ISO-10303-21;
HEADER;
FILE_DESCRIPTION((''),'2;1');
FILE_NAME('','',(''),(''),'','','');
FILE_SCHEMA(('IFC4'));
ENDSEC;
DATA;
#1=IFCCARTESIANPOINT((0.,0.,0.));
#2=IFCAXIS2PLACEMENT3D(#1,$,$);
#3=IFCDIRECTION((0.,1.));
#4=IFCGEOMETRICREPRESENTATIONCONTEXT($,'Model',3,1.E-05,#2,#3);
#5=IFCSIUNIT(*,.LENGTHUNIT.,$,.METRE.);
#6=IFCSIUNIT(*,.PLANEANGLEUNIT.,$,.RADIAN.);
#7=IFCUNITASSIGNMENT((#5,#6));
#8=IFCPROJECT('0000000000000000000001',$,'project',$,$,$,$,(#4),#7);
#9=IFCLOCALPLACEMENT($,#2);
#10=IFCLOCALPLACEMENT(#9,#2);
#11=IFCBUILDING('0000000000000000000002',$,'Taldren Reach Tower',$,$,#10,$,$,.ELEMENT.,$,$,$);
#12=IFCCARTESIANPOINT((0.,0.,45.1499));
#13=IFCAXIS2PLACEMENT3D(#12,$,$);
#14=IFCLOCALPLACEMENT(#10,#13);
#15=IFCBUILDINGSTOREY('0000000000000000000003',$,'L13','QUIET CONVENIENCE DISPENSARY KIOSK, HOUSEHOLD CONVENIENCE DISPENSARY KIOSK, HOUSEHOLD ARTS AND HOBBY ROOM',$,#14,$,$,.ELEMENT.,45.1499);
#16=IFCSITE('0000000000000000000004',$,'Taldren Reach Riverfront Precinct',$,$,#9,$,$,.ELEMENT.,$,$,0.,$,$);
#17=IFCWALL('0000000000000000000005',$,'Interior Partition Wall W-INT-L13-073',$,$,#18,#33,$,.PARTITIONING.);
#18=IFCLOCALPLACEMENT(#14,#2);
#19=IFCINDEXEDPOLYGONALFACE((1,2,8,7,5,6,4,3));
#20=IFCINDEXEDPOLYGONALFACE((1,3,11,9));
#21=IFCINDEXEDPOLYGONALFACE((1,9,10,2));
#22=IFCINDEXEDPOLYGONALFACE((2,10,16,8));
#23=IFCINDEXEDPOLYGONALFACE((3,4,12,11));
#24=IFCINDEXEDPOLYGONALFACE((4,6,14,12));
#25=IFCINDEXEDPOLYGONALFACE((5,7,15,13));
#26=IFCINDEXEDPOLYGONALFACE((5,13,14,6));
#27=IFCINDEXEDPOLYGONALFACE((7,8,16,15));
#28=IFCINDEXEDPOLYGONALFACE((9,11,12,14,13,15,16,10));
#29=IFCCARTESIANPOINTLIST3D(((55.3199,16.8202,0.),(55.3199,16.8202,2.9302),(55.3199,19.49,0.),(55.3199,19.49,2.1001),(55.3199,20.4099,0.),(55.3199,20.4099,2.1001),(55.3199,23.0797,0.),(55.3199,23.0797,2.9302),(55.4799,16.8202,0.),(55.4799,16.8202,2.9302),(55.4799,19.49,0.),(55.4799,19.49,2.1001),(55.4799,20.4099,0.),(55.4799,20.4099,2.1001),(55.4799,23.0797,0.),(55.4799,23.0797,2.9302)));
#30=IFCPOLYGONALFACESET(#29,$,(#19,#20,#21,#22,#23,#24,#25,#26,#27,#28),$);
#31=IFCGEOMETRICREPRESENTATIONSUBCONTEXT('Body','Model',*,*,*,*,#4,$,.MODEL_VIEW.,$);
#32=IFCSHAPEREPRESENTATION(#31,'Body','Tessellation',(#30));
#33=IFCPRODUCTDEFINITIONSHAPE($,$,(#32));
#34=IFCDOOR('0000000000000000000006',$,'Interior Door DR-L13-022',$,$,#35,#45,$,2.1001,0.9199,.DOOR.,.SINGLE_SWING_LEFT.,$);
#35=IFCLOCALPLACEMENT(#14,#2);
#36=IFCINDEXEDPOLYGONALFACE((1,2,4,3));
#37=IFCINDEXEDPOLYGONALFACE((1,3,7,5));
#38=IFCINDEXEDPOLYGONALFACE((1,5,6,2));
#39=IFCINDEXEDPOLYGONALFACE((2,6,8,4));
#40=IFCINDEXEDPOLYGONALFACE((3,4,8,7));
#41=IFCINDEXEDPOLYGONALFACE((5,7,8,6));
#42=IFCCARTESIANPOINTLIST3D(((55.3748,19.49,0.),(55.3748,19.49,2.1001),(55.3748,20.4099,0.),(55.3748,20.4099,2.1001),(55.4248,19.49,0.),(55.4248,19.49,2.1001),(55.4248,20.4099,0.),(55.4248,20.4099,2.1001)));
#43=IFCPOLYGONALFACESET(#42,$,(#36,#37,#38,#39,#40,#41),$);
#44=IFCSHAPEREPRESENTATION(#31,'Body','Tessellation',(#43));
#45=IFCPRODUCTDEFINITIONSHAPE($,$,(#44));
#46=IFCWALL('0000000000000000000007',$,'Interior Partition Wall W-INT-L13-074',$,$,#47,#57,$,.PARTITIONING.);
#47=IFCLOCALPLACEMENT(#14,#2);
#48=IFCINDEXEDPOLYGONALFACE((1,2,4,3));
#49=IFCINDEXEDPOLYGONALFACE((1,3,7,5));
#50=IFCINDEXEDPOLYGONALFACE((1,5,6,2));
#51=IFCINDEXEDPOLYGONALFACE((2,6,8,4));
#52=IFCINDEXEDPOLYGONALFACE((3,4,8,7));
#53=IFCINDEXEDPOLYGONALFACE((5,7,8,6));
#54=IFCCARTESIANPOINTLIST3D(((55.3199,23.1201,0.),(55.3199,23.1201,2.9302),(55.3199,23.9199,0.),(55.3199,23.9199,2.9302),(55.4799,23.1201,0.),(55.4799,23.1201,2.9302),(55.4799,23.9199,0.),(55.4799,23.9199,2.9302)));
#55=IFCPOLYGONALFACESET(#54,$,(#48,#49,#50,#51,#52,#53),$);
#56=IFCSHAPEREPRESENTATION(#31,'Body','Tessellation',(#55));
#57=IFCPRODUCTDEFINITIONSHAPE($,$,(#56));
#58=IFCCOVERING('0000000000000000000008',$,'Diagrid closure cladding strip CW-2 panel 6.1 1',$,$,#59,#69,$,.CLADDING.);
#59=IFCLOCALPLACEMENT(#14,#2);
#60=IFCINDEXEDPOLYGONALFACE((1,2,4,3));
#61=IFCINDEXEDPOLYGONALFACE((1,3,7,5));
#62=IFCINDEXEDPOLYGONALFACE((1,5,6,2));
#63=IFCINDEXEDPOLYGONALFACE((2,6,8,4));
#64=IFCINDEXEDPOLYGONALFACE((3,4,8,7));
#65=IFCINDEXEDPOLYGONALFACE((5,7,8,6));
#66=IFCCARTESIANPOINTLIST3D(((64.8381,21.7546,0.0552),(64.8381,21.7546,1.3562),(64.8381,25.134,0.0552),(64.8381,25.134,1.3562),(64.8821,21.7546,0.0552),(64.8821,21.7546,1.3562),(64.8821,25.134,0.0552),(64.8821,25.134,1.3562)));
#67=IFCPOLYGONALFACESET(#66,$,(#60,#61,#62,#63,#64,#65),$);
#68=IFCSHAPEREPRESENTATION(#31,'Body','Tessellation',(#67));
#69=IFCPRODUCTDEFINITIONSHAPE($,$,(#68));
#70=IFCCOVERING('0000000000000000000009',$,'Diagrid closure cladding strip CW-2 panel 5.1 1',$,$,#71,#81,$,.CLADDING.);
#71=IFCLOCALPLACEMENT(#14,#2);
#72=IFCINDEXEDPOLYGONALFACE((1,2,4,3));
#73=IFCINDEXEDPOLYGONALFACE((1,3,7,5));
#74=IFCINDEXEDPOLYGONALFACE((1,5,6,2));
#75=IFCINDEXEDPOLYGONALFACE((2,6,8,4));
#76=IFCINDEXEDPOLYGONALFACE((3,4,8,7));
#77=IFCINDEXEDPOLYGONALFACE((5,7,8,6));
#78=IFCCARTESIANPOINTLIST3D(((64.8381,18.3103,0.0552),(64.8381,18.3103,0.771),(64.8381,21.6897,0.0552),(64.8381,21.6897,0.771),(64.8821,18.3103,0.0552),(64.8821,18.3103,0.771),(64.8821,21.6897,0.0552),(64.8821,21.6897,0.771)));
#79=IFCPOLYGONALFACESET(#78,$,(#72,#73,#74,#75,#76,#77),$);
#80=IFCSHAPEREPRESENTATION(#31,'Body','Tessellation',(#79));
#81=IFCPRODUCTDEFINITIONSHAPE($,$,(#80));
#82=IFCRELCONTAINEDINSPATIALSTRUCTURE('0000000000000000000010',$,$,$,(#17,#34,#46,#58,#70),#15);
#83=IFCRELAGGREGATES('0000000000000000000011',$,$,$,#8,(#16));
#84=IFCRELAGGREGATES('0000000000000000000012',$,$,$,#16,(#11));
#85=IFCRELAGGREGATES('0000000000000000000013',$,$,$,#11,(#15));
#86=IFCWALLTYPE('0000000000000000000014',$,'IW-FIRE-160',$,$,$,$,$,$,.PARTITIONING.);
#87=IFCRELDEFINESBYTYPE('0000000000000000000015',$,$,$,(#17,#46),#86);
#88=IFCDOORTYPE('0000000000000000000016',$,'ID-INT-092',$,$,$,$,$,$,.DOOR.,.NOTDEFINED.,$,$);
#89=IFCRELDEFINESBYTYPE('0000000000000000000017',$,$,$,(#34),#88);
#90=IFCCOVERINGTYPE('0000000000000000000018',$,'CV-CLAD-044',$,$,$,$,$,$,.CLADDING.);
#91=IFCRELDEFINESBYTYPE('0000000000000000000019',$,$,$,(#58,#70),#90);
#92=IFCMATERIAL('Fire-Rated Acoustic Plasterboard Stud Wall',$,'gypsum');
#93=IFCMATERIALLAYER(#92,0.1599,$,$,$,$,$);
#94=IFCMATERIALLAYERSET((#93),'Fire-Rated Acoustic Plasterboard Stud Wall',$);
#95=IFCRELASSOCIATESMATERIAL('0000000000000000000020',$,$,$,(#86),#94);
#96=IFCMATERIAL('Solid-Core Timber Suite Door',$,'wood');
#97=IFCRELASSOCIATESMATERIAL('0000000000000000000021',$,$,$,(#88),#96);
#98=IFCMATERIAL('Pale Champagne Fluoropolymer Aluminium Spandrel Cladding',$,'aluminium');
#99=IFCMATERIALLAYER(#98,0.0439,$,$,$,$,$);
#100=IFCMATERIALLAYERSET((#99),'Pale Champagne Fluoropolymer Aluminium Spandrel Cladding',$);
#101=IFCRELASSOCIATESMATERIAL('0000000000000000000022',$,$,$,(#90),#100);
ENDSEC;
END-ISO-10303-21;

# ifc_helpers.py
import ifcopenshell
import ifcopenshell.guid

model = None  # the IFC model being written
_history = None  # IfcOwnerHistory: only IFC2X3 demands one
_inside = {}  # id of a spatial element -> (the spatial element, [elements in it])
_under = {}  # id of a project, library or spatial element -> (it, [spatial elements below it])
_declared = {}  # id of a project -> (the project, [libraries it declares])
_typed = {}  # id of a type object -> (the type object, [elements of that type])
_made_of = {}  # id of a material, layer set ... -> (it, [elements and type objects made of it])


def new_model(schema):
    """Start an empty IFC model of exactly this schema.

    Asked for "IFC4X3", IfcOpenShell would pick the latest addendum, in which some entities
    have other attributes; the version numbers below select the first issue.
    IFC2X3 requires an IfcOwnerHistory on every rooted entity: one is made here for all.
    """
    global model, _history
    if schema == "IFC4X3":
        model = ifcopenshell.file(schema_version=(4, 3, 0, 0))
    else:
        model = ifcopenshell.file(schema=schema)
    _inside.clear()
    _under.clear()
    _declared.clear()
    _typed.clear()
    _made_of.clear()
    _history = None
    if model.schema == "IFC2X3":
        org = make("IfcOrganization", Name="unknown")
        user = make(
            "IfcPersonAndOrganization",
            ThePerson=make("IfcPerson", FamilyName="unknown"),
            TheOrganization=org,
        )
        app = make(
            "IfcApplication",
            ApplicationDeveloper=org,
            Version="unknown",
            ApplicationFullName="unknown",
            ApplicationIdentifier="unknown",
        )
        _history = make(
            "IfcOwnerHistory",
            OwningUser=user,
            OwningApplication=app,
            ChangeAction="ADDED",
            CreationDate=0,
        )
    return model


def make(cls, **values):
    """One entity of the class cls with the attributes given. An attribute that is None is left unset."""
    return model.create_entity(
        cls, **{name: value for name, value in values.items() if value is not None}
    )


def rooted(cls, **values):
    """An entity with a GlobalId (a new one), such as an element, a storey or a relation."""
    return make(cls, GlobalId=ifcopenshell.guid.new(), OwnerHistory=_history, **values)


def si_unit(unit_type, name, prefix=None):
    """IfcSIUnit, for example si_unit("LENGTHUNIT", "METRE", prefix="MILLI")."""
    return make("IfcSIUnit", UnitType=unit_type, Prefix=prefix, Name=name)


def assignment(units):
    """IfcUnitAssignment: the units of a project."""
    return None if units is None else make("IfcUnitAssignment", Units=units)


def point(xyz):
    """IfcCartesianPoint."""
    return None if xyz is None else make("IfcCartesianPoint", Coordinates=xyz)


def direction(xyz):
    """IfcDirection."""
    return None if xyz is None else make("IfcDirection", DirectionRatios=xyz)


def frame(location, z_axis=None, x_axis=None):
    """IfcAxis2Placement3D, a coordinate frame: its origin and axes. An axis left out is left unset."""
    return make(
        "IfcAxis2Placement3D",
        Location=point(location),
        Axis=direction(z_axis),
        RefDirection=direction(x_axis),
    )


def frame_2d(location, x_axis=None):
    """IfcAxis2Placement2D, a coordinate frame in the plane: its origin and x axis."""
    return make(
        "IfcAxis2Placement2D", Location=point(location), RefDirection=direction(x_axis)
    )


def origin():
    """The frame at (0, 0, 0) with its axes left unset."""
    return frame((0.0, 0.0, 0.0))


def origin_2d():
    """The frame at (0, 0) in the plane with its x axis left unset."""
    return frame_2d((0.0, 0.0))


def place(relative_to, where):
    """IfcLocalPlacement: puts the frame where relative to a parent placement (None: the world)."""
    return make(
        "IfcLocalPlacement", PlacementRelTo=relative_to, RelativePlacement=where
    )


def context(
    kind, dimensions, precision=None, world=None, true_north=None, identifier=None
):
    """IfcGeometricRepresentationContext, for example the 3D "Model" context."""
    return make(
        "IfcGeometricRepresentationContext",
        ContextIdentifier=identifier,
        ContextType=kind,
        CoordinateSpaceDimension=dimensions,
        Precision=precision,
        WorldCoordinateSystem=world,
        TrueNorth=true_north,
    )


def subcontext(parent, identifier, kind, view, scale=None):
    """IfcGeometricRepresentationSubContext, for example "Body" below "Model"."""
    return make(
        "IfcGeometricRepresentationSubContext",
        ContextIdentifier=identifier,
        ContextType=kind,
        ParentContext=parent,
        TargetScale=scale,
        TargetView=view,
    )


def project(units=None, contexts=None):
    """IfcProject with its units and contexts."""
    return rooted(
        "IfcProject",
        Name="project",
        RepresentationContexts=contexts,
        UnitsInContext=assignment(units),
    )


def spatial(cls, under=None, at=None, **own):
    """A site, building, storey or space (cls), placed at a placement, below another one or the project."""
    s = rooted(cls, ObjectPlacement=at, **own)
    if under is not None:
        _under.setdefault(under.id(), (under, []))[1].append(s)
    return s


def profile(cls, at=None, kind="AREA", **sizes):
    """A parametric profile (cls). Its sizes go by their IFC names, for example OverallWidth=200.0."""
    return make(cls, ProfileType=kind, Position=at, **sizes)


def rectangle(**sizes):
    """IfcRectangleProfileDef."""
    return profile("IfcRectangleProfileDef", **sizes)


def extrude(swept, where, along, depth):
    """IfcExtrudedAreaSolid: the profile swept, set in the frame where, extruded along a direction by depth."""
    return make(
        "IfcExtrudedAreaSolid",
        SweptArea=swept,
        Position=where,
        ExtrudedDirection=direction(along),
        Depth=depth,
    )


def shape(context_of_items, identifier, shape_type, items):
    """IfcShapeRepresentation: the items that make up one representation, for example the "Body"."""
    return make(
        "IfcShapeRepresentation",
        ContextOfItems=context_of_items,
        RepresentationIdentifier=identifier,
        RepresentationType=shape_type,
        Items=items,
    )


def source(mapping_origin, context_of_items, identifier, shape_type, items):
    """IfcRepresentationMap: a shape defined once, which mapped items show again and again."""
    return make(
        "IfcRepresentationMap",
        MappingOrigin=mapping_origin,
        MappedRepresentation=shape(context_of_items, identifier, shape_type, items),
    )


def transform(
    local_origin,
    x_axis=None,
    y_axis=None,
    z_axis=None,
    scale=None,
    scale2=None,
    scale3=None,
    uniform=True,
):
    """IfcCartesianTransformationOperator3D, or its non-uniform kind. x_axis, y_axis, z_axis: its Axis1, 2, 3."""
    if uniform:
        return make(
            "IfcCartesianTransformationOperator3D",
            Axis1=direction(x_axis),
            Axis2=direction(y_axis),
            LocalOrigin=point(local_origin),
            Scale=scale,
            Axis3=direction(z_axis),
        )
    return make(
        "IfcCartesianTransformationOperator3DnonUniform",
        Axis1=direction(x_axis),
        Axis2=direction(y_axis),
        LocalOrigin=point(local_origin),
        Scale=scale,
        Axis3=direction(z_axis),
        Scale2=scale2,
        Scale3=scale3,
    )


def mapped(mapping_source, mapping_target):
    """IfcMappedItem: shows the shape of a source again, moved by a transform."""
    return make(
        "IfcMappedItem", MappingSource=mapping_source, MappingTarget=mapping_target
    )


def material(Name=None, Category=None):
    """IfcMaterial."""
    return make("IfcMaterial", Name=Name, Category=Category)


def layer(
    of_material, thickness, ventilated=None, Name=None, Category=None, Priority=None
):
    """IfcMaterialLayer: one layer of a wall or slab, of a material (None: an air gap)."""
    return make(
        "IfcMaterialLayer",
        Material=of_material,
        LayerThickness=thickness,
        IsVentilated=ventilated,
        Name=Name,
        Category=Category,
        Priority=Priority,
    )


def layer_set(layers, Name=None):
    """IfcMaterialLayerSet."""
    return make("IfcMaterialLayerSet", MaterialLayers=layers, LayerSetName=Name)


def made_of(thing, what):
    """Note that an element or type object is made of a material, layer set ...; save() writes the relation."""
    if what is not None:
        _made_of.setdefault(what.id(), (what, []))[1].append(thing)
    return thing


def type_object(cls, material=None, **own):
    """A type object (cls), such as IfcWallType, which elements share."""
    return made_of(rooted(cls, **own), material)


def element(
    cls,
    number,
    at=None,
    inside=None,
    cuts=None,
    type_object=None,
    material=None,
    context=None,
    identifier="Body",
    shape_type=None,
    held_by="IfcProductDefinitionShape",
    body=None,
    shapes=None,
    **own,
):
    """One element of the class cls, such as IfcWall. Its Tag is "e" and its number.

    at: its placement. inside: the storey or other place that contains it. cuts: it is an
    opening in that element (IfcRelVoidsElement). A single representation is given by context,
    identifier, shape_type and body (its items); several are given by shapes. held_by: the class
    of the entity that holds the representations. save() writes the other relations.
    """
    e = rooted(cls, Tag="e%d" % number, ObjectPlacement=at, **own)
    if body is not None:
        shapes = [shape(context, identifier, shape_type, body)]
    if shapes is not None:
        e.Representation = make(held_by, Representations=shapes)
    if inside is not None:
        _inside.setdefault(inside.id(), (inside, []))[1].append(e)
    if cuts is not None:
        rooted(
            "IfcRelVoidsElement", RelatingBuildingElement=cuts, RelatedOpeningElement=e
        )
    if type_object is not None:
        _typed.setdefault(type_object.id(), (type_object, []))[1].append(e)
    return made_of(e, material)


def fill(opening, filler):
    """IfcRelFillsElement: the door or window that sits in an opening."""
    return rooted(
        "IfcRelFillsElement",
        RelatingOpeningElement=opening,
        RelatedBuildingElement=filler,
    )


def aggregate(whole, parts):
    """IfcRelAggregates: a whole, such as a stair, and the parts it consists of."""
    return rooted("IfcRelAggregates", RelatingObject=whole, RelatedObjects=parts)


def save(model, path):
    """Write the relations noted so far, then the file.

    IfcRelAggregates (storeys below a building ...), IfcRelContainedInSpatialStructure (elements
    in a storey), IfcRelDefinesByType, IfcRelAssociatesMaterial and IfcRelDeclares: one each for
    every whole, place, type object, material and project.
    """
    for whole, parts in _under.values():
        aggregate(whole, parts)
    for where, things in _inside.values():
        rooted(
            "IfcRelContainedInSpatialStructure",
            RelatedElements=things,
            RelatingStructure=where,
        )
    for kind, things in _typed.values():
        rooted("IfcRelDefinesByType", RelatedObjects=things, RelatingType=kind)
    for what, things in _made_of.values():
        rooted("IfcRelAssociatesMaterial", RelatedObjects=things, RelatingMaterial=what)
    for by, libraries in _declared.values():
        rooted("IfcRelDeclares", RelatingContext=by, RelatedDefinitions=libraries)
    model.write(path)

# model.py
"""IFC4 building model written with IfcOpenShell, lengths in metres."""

from ifc_helpers import new_model, si_unit, direction, frame, frame_2d, origin, origin_2d, place, context, subcontext, project, spatial, rectangle, extrude, source, transform, mapped, material, layer, layer_set, type_object, element, fill, save


model = new_model("IFC4")

# Units and contexts
model_context = context("Model", 3, precision=1e-05, world=origin(), true_north=direction((0.0, 1.0)))
body_context = subcontext(model_context, "Body", "Model", "MODEL_VIEW")
ifc_project = project(units=[si_unit("LENGTHUNIT", "METRE"), si_unit("PLANEANGLEUNIT", "RADIAN")], contexts=[model_context])

# Site, building, storey
site_placement = place(None, origin())
site = spatial("IfcSite", under=ifc_project, at=site_placement, Name="Taldren Reach Riverfront Precinct", CompositionType="ELEMENT", RefElevation=0.0)
building_placement = place(site_placement, origin())
building = spatial("IfcBuilding", under=site, at=building_placement, Name="Taldren Reach Tower", CompositionType="ELEMENT")
storey_placement = place(building_placement, frame((0.0, 0.0, 45.1499)))
storey = spatial("IfcBuildingStorey", under=building, at=storey_placement, Name="L13", Description="QUIET CONVENIENCE DISPENSARY KIOSK, HOUSEHOLD CONVENIENCE DISPENSARY KIOSK, HOUSEHOLD ARTS AND HOBBY ROOM", CompositionType="ELEMENT", Elevation=45.1499)

# Wall, opening, door
ifc_material_1 = material(Name="Fire-Rated Acoustic Plasterboard Stud Wall", Category="gypsum")
ifc_layer_1 = layer(ifc_material_1, 0.1599)
ifc_layer_set_1 = layer_set([ifc_layer_1], Name="Fire-Rated Acoustic Plasterboard Stud Wall")
wall_type_1 = type_object("IfcWallType", Name="IW-FIRE-160", PredefinedType="PARTITIONING", material=ifc_layer_set_1)
shared_shape_1 = source(origin(), body_context, "Body", "SweptSolid", [
    extrude(rectangle(XDim=6.2595, YDim=0.1599, at=frame_2d((3.1299, 0.0))), origin(), (0.0, 0.0, 1.0), 2.9302),
])
wall_1_placement = place(storey_placement, frame((55.3999, 23.0798, 0.0), z_axis=(0.0, 0.0, 1.0), x_axis=(0.0, -1.0, 0.0)))
wall_1 = element("IfcWall", 1, at=wall_1_placement, inside=storey, type_object=wall_type_1, Name="Interior Partition Wall W-INT-L13-073", PredefinedType="PARTITIONING", context=body_context, shape_type="MappedRepresentation", body=[
    mapped(shared_shape_1, transform((0.0, 0.0, 0.0), scale=1.0)),
])
shared_shape_2 = source(origin(), body_context, "Body", "SweptSolid", [
    extrude(rectangle(XDim=0.9199, YDim=2.1001, at=frame_2d((0.46, 1.05))), frame((0.0, 0.0898, 0.0), z_axis=(0.0, -1.0, 0.0), x_axis=(1.0, 0.0, 0.0)), (0.0, 0.0, 1.0), 0.1799),
])
opening_1_placement = place(wall_1_placement, frame((2.6699, 0.0, 0.0)))
opening_1 = element("IfcOpeningElement", 2, at=opening_1_placement, cuts=wall_1, PredefinedType="OPENING", context=body_context, shape_type="MappedRepresentation", body=[
    mapped(shared_shape_2, transform((0.0, 0.0, 0.0), scale=1.0)),
])
ifc_material_2 = material(Name="Solid-Core Timber Suite Door", Category="wood")
door_type_1 = type_object("IfcDoorType", Name="ID-INT-092", OperationType="NOTDEFINED", PredefinedType="DOOR", material=ifc_material_2)
shared_shape_3 = source(origin(), body_context, "Body", "SweptSolid", [
    extrude(rectangle(XDim=0.9199, YDim=2.1001, at=frame_2d((0.46, 1.05))), frame((0.0, 0.0249, 0.0), z_axis=(0.0, -1.0, 0.0), x_axis=(1.0, 0.0, 0.0)), (0.0, 0.0, 1.0), 0.05),
])
door_1_placement = place(opening_1_placement, origin())
door_1 = element("IfcDoor", 3, at=door_1_placement, inside=storey, type_object=door_type_1, Name="Interior Door DR-L13-022", OperationType="SINGLE_SWING_LEFT", OverallHeight=2.1001, OverallWidth=0.9199, PredefinedType="DOOR", context=body_context, shape_type="MappedRepresentation", body=[
    mapped(shared_shape_3, transform((0.0, 0.0, 0.0), scale=1.0)),
])
fill(opening_1, door_1)

# Wall
shared_shape_4 = source(origin(), body_context, "Body", "SweptSolid", [
    extrude(rectangle(XDim=0.7998, YDim=0.1599, at=frame_2d((0.3999, 0.0))), origin(), (0.0, 0.0, 1.0), 2.9302),
])
wall_2_placement = place(storey_placement, frame((55.3999, 23.9199, 0.0), z_axis=(0.0, 0.0, 1.0), x_axis=(0.0, -1.0, 0.0)))
element("IfcWall", 4, at=wall_2_placement, inside=storey, type_object=wall_type_1, Name="Interior Partition Wall W-INT-L13-074", PredefinedType="PARTITIONING", context=body_context, shape_type="MappedRepresentation", body=[
    mapped(shared_shape_4, transform((0.0, 0.0, 0.0), scale=1.0)),
])

# Coverings
ifc_material_3 = material(Name="Pale Champagne Fluoropolymer Aluminium Spandrel Cladding", Category="aluminium")
ifc_layer_2 = layer(ifc_material_3, 0.0439)
ifc_layer_set_2 = layer_set([ifc_layer_2], Name="Pale Champagne Fluoropolymer Aluminium Spandrel Cladding")
covering_type = type_object("IfcCoveringType", Name="CV-CLAD-044", PredefinedType="CLADDING", material=ifc_layer_set_2)
shared_shape_5 = source(origin(), body_context, "Body", "SweptSolid", [
    extrude(rectangle(XDim=3.3794, YDim=0.0439, at=origin_2d()), origin(), (0.0, 0.0, 1.0), 1.301),
])
covering_1_placement = place(storey_placement, frame((64.8601, 23.4443, 0.0552), z_axis=(0.0, 0.0, 1.0), x_axis=(0.0, 1.0, 0.0)))
element("IfcCovering", 5, at=covering_1_placement, inside=storey, type_object=covering_type, Name="Diagrid closure cladding strip CW-2 panel 6.1 1", PredefinedType="CLADDING", context=body_context, shape_type="MappedRepresentation", body=[
    mapped(shared_shape_5, transform((0.0, 0.0, 0.0), scale=1.0)),
])
shared_shape_6 = source(origin(), body_context, "Body", "SweptSolid", [
    extrude(rectangle(XDim=3.3794, YDim=0.0439, at=origin_2d()), origin(), (0.0, 0.0, 1.0), 0.7158),
])
covering_2_placement = place(storey_placement, frame((64.8601, 20.0, 0.0552), z_axis=(0.0, 0.0, 1.0), x_axis=(0.0, 1.0, 0.0)))
element("IfcCovering", 6, at=covering_2_placement, inside=storey, type_object=covering_type, Name="Diagrid closure cladding strip CW-2 panel 5.1 1", PredefinedType="CLADDING", context=body_context, shape_type="MappedRepresentation", body=[
    mapped(shared_shape_6, transform((0.0, 0.0, 0.0), scale=1.0)),
])

save(model, "model.ifc")
